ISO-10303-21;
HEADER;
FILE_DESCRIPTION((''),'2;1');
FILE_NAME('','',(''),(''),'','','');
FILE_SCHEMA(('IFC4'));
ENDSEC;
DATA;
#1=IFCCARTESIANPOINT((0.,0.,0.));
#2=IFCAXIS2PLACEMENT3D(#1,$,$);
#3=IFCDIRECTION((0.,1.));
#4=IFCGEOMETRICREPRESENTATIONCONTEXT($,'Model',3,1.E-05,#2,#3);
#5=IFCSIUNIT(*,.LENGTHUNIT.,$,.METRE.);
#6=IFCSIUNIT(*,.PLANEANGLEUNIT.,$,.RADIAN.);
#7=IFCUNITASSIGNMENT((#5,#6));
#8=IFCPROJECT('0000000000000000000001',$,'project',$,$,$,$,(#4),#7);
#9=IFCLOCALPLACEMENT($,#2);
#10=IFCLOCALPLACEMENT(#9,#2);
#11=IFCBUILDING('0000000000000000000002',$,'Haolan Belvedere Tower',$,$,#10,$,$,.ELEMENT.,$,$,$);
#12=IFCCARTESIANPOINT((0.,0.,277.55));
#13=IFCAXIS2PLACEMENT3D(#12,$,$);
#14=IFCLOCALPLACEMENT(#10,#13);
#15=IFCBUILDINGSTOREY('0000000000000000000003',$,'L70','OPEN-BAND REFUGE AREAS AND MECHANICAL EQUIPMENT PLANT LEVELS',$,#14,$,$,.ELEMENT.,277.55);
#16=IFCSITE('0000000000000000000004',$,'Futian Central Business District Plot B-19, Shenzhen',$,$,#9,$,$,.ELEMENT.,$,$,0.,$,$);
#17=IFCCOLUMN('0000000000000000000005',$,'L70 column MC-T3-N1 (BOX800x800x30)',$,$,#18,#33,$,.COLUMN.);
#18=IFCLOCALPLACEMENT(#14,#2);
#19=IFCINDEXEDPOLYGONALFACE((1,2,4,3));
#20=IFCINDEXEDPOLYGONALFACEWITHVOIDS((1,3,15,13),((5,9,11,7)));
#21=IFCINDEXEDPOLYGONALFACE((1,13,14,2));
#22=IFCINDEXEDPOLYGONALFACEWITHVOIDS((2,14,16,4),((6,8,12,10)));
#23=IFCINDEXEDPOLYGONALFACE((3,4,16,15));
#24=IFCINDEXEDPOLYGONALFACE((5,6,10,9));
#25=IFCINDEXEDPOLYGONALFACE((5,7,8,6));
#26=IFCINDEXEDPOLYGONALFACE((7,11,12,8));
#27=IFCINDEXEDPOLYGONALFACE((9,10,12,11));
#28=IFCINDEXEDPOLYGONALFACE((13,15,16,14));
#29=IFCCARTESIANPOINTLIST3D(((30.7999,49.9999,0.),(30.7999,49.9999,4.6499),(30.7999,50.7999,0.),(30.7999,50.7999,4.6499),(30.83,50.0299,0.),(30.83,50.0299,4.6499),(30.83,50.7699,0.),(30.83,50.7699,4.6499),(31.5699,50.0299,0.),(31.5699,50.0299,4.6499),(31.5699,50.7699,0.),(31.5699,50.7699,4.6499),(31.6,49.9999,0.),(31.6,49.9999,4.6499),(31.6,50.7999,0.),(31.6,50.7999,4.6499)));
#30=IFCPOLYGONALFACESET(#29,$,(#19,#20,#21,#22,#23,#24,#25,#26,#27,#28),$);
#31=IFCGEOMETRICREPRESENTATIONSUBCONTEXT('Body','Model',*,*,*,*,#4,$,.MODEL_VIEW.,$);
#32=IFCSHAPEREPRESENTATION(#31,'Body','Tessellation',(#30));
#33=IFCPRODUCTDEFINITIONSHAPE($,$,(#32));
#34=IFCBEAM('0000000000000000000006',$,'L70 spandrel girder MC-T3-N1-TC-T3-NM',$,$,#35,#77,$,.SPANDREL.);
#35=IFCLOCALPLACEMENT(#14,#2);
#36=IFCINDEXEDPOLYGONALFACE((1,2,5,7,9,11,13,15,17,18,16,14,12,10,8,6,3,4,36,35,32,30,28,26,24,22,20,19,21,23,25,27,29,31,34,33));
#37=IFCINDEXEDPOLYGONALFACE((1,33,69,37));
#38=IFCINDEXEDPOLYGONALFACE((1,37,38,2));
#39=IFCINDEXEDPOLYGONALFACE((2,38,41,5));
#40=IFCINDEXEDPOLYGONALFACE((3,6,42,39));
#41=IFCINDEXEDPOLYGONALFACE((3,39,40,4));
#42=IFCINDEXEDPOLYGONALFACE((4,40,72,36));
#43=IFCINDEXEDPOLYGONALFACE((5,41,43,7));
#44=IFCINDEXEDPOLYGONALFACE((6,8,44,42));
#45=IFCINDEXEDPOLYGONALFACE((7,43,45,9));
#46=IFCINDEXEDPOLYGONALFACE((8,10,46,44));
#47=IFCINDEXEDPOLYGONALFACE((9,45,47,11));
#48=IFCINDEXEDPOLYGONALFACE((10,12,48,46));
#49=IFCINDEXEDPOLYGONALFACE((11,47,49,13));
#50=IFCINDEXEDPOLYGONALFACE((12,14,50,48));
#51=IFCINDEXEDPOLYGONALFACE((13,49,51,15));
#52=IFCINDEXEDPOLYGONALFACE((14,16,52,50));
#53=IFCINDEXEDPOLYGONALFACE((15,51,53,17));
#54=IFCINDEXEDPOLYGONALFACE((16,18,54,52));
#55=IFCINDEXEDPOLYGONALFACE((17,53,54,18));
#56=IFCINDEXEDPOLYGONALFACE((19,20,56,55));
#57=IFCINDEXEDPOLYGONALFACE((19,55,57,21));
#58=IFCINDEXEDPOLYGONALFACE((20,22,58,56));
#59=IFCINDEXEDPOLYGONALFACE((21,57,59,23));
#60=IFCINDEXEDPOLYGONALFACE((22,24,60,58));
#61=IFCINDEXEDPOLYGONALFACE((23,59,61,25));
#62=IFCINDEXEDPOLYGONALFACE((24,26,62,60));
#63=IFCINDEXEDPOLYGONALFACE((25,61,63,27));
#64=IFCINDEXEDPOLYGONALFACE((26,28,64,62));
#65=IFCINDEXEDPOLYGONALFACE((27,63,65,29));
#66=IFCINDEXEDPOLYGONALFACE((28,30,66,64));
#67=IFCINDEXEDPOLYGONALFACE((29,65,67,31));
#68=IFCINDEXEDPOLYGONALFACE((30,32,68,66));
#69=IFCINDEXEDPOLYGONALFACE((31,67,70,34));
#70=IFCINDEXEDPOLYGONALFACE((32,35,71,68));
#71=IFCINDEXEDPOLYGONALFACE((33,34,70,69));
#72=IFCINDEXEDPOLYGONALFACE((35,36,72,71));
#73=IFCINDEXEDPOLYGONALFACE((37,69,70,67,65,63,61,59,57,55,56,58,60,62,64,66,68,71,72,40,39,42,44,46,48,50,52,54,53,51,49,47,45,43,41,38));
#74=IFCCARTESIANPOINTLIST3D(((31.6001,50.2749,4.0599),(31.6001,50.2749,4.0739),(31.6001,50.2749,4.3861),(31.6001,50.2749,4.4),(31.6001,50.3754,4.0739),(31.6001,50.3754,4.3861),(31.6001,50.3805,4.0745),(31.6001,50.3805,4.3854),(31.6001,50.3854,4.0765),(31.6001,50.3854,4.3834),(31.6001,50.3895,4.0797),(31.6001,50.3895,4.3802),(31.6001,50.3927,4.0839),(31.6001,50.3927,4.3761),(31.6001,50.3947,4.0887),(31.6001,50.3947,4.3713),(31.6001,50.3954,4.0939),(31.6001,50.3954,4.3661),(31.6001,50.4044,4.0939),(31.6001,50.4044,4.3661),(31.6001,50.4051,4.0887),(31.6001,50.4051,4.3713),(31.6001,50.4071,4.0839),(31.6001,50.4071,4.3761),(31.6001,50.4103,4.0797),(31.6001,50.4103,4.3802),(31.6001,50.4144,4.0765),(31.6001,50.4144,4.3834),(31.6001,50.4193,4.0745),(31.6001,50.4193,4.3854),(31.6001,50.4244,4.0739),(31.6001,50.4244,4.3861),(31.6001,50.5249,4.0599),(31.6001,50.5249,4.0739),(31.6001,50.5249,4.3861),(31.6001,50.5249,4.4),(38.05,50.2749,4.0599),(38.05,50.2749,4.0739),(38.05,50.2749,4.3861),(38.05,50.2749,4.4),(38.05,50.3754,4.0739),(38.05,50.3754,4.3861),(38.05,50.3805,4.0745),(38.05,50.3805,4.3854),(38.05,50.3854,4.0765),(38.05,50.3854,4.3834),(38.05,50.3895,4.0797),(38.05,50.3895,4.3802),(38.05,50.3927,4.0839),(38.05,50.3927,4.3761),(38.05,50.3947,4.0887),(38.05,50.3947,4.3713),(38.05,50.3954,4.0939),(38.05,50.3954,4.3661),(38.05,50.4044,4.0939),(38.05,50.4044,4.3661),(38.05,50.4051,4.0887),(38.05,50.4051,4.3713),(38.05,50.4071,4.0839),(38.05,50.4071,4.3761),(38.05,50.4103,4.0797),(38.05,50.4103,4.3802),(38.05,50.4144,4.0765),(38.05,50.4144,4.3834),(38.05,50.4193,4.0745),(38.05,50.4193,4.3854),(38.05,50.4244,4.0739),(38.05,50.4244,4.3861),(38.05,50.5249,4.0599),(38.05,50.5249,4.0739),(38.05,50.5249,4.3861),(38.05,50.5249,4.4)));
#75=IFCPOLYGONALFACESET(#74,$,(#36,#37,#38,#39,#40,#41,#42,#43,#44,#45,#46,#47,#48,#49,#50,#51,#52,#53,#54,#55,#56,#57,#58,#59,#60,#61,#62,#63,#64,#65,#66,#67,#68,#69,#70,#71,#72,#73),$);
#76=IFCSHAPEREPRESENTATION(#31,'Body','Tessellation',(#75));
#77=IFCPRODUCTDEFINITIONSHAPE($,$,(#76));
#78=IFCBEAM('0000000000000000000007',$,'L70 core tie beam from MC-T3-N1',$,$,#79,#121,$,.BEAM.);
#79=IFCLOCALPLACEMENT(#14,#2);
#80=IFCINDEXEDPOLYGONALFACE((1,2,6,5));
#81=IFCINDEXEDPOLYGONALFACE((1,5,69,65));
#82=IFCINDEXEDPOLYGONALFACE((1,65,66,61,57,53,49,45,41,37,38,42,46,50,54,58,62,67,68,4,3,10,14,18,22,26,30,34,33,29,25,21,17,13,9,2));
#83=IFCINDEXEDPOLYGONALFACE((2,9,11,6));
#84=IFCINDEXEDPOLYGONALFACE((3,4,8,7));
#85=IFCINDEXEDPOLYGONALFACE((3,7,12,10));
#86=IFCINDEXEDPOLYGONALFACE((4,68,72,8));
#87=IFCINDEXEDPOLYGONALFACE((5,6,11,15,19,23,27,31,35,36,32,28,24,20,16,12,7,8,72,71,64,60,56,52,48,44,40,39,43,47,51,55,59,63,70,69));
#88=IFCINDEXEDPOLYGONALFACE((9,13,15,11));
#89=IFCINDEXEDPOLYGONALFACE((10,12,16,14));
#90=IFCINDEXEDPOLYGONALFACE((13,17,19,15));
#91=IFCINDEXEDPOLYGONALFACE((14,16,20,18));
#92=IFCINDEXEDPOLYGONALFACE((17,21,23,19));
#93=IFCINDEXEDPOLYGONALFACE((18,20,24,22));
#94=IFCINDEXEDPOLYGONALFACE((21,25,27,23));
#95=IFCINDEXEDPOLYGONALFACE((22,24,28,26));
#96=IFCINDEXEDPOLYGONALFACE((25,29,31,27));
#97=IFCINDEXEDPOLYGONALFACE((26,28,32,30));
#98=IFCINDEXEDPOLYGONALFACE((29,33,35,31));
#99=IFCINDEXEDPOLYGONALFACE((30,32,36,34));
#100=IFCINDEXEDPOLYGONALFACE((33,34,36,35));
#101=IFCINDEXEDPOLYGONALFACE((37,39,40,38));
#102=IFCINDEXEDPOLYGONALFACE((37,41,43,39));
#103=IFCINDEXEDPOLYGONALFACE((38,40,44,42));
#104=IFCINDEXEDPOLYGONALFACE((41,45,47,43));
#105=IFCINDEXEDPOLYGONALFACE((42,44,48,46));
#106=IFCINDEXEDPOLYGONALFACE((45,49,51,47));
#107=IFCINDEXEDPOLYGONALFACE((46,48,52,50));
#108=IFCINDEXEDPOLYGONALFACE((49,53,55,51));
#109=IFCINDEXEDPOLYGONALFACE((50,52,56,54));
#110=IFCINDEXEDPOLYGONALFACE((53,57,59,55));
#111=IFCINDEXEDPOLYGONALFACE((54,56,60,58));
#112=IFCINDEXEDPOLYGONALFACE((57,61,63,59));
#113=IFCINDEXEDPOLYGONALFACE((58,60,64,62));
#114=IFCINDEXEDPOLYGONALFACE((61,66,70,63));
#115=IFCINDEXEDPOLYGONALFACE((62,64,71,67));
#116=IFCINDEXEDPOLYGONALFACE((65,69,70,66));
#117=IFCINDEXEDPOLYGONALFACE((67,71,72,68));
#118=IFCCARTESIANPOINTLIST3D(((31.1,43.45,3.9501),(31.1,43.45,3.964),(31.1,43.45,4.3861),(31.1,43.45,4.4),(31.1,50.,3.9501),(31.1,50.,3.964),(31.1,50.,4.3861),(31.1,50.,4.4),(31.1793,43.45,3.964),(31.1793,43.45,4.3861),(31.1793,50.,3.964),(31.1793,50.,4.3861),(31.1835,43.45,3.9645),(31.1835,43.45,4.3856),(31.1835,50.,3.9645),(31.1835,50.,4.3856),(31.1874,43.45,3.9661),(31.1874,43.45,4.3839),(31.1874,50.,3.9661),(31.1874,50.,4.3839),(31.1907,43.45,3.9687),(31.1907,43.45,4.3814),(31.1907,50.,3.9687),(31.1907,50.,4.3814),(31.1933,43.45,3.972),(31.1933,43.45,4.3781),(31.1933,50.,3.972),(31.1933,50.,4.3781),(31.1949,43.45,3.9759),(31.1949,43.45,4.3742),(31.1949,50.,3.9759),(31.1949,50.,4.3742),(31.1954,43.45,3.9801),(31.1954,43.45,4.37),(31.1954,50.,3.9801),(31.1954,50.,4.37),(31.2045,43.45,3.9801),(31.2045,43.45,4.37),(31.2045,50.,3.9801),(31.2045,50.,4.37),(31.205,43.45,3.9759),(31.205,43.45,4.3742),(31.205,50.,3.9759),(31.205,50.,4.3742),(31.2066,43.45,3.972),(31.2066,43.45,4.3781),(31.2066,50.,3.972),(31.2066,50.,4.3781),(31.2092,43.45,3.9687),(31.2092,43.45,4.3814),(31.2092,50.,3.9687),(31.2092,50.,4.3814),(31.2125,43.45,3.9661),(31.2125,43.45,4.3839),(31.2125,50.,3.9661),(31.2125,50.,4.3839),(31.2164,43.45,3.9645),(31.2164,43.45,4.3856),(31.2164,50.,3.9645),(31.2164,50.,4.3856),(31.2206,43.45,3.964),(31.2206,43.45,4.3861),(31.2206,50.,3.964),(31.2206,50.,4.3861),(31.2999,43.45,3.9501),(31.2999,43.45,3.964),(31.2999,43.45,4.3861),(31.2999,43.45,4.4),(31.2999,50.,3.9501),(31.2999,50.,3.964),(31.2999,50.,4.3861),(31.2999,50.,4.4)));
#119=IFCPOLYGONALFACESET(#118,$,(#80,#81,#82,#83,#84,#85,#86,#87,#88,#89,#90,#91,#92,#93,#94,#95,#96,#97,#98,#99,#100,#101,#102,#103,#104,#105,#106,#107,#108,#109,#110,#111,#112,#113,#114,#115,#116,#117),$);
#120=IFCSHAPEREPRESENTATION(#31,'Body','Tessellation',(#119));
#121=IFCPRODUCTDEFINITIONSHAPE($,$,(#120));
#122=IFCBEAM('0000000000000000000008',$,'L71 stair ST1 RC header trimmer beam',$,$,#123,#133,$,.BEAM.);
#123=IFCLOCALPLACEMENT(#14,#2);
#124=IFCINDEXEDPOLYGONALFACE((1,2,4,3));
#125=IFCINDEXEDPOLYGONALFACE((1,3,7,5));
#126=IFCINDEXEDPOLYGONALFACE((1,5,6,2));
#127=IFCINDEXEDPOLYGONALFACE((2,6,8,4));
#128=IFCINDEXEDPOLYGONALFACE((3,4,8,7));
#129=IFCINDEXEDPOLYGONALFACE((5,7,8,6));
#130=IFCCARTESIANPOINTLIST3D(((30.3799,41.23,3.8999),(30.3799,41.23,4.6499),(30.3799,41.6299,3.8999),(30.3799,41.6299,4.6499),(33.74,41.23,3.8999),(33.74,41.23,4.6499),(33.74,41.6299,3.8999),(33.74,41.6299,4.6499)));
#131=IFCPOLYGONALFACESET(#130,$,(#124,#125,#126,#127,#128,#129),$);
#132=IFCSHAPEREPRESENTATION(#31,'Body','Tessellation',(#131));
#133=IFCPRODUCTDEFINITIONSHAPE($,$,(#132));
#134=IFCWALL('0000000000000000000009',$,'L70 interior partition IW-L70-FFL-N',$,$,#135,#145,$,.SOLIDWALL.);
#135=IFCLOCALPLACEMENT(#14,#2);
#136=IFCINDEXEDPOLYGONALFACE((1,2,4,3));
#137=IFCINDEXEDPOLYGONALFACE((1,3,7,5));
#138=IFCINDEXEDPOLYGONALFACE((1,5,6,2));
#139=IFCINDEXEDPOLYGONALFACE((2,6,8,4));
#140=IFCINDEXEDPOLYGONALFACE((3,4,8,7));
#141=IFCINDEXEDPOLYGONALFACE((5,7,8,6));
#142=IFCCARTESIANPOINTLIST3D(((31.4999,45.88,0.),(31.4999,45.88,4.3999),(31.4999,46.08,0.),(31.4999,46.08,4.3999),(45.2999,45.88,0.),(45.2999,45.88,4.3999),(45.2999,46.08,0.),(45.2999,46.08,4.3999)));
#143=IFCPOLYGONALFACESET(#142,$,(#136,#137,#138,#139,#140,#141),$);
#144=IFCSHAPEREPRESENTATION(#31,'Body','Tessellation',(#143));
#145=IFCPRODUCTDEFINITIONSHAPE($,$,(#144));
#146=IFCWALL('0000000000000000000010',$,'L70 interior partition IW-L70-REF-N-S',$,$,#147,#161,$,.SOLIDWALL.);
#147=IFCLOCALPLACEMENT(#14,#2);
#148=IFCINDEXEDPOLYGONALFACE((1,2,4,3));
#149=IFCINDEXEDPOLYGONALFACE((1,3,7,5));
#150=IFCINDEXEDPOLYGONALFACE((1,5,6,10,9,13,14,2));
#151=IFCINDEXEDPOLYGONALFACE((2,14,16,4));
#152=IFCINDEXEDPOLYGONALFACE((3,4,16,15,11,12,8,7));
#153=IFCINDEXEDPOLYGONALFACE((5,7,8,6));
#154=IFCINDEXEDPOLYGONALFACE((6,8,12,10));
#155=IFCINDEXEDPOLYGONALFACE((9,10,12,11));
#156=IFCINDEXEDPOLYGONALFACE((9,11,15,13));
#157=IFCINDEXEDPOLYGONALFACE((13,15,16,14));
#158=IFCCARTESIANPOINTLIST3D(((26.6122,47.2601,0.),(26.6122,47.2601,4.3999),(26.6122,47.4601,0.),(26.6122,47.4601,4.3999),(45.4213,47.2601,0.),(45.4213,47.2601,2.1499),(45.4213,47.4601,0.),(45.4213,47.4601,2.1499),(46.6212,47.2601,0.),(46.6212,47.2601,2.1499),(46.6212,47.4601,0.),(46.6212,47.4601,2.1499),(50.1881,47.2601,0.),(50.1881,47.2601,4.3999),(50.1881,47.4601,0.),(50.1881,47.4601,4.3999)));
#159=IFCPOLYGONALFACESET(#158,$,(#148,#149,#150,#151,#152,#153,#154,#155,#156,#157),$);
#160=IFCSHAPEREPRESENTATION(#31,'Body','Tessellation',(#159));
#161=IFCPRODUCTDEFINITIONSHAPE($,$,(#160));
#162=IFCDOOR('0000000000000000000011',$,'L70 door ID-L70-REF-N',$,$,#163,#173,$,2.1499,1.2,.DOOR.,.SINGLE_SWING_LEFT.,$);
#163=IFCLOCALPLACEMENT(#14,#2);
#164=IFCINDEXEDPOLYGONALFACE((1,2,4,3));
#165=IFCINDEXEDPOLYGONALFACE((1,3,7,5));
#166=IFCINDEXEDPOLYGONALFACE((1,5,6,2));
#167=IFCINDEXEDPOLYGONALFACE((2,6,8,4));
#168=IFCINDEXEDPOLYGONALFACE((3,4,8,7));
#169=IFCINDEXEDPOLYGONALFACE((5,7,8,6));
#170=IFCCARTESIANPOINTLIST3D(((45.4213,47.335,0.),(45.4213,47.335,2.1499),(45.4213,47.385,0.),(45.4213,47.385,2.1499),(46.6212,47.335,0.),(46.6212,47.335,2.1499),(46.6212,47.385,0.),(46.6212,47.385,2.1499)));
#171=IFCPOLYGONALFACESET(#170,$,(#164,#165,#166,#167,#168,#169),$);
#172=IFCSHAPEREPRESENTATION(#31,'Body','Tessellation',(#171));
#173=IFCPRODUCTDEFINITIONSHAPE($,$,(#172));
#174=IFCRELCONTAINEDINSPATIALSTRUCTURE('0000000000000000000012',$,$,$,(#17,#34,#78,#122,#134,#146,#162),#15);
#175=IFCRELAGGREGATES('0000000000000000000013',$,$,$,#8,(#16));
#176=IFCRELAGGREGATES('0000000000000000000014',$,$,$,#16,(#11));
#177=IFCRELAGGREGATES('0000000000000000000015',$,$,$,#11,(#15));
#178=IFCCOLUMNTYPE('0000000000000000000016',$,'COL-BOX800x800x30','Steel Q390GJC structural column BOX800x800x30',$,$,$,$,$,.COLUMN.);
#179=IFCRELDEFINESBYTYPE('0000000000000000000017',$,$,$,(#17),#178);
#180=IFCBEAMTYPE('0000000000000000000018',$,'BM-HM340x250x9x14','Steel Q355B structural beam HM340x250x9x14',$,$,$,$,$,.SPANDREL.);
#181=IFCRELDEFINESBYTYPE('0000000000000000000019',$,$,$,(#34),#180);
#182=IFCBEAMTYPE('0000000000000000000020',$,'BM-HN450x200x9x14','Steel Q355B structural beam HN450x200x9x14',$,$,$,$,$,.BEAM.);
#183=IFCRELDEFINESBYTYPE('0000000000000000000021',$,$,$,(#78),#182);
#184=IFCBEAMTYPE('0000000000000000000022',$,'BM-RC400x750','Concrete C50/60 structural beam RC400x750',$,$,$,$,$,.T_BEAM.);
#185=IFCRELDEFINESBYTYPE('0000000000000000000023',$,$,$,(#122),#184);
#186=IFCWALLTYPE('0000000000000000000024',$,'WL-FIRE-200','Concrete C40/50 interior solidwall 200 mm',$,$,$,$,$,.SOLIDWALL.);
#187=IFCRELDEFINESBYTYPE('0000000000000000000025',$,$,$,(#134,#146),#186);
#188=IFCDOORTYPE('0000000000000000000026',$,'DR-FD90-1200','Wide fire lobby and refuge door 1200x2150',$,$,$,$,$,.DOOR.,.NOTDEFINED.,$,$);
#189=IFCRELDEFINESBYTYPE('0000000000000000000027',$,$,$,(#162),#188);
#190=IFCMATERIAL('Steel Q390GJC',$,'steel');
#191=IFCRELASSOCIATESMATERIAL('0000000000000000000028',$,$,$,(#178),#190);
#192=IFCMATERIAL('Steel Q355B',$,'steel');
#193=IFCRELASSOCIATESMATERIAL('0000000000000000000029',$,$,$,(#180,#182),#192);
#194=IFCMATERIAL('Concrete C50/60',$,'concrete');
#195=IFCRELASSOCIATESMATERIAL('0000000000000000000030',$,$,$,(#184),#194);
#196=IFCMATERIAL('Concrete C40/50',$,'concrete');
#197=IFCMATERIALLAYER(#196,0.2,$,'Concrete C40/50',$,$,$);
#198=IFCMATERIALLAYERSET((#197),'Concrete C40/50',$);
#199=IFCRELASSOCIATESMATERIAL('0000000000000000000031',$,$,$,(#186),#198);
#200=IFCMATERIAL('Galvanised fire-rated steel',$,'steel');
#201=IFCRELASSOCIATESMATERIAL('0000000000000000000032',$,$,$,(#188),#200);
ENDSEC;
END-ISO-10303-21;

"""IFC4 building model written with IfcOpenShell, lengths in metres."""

from ifc_helpers import new_model, si_unit, direction, frame, frame_2d, origin, origin_2d, place, context, subcontext, project, spatial, rectangle, hollow_rectangle, i_section, extrude, material, layer, layer_set, material_profile, profile_set, type_object, element, fill, save


model = new_model("IFC4")

# Units and contexts
model_context = context("Model", 3, precision=1e-05, world=origin(), true_north=direction((0.0, 1.0)))
body_context = subcontext(model_context, "Body", "Model", "MODEL_VIEW")
ifc_project = project(units=[si_unit("LENGTHUNIT", "METRE"), si_unit("PLANEANGLEUNIT", "RADIAN")], contexts=[model_context])

# Site, building, storey
site_placement = place(None, origin())
site = spatial("IfcSite", under=ifc_project, at=site_placement, Name="Futian Central Business District Plot B-19, Shenzhen", CompositionType="ELEMENT", RefElevation=0.0)
building_placement = place(site_placement, origin())
building = spatial("IfcBuilding", under=site, at=building_placement, Name="Haolan Belvedere Tower", CompositionType="ELEMENT")
storey_placement = place(building_placement, frame((0.0, 0.0, 277.55)))
storey = spatial("IfcBuildingStorey", under=building, at=storey_placement, Name="L70", Description="OPEN-BAND REFUGE AREAS AND MECHANICAL EQUIPMENT PLANT LEVELS", CompositionType="ELEMENT", Elevation=277.55)

# Column
ifc_material_1 = material(Name="Steel Q390GJC", Category="steel")
ifc_material_profile_1 = material_profile(ifc_material_1, hollow_rectangle(XDim=0.8, YDim=0.8, WallThickness=0.03, at=origin_2d()), Name="Steel Q390GJC")
ifc_profile_set_1 = profile_set([ifc_material_profile_1], Name="Steel Q390GJC")
column_type = type_object("IfcColumnType", Name="COL-BOX800x800x30", Description="Steel Q390GJC structural column BOX800x800x30", PredefinedType="COLUMN", material=ifc_profile_set_1)
column_placement = place(storey_placement, frame((31.2, 50.3999, 0.0), z_axis=(0.0, 0.0, 1.0), x_axis=(1.0, 0.0, 0.0)))
element("IfcColumn", 1, at=column_placement, inside=storey, type_object=column_type, Name="L70 column MC-T3-N1 (BOX800x800x30)", PredefinedType="COLUMN", context=body_context, shape_type="SweptSolid", body=[
    extrude(hollow_rectangle(XDim=0.8, YDim=0.8, WallThickness=0.03, at=origin_2d()), origin(), (0.0, 0.0, 1.0), 4.6499),
])

# Beams
ifc_material_2 = material(Name="Steel Q355B", Category="steel")
ifc_material_profile_2 = material_profile(ifc_material_2, i_section(OverallWidth=0.25, OverallDepth=0.3401, WebThickness=0.009, FlangeThickness=0.0139, FilletRadius=0.02, at=origin_2d()), Name="Steel Q355B")
ifc_profile_set_2 = profile_set([ifc_material_profile_2], Name="Steel Q355B")
beam_type_1 = type_object("IfcBeamType", Name="BM-HM340x250x9x14", Description="Steel Q355B structural beam HM340x250x9x14", PredefinedType="SPANDREL", material=ifc_profile_set_2)
beam_1_placement = place(storey_placement, frame((31.6001, 50.3999, 4.23), z_axis=(1.0, 0.0, 0.0), x_axis=(0.0, 1.0, 0.0)))
element("IfcBeam", 2, at=beam_1_placement, inside=storey, type_object=beam_type_1, Name="L70 spandrel girder MC-T3-N1-TC-T3-NM", PredefinedType="SPANDREL", context=body_context, shape_type="SweptSolid", body=[
    extrude(i_section(OverallWidth=0.25, OverallDepth=0.3401, WebThickness=0.009, FlangeThickness=0.0139, FilletRadius=0.02, at=origin_2d()), origin(), (0.0, 0.0, 1.0), 6.45),
])
ifc_material_profile_3 = material_profile(ifc_material_2, i_section(OverallWidth=0.2, OverallDepth=0.45, WebThickness=0.009, FlangeThickness=0.0139, FilletRadius=0.0161, at=origin_2d()), Name="Steel Q355B")
ifc_profile_set_3 = profile_set([ifc_material_profile_3], Name="Steel Q355B")
beam_type_2 = type_object("IfcBeamType", Name="BM-HN450x200x9x14", Description="Steel Q355B structural beam HN450x200x9x14", PredefinedType="BEAM", material=ifc_profile_set_3)
beam_2_placement = place(storey_placement, frame((31.2, 50.0, 4.175), z_axis=(0.0, -1.0, 0.0), x_axis=(1.0, 0.0, 0.0)))
element("IfcBeam", 3, at=beam_2_placement, inside=storey, type_object=beam_type_2, Name="L70 core tie beam from MC-T3-N1", PredefinedType="BEAM", context=body_context, shape_type="SweptSolid", body=[
    extrude(i_section(OverallWidth=0.2, OverallDepth=0.45, WebThickness=0.009, FlangeThickness=0.0139, FilletRadius=0.0161, at=origin_2d()), origin(), (0.0, 0.0, 1.0), 6.55),
])
ifc_material_3 = material(Name="Concrete C50/60", Category="concrete")
ifc_material_profile_4 = material_profile(ifc_material_3, rectangle(XDim=0.3999, YDim=0.75, at=origin_2d()), Name="Concrete C50/60")
ifc_profile_set_4 = profile_set([ifc_material_profile_4], Name="Concrete C50/60")
beam_type_3 = type_object("IfcBeamType", Name="BM-RC400x750", Description="Concrete C50/60 structural beam RC400x750", PredefinedType="T_BEAM", material=ifc_profile_set_4)
beam_3_placement = place(storey_placement, frame((30.3799, 41.4299, 4.2749), z_axis=(1.0, 0.0, 0.0), x_axis=(0.0, 1.0, 0.0)))
element("IfcBeam", 4, at=beam_3_placement, inside=storey, type_object=beam_type_3, Name="L71 stair ST1 RC header trimmer beam", PredefinedType="BEAM", context=body_context, shape_type="SweptSolid", body=[
    extrude(rectangle(XDim=0.3999, YDim=0.75, at=origin_2d()), origin(), (0.0, 0.0, 1.0), 3.3601),
])

# Shared definitions
ifc_material_4 = material(Name="Galvanised fire-rated steel", Category="steel")

# Wall
ifc_material_5 = material(Name="Concrete C40/50", Category="concrete")
ifc_layer_1 = layer(ifc_material_5, 0.2, Name="Concrete C40/50")
ifc_layer_set_1 = layer_set([ifc_layer_1], Name="Concrete C40/50")
wall_type_1 = type_object("IfcWallType", Name="WL-FIRE-200", Description="Concrete C40/50 interior solidwall 200 mm", PredefinedType="SOLIDWALL", material=ifc_layer_set_1)
wall_1_placement = place(storey_placement, frame((31.5, 45.98, 0.0), z_axis=(0.0, 0.0, 1.0), x_axis=(1.0, 0.0, 0.0)))
element("IfcWall", 5, at=wall_1_placement, inside=storey, type_object=wall_type_1, Name="L70 interior partition IW-L70-FFL-N", PredefinedType="SOLIDWALL", context=body_context, shape_type="SweptSolid", body=[
    extrude(rectangle(XDim=13.8, YDim=0.2, at=frame_2d((6.8999, 0.0))), origin(), (0.0, 0.0, 1.0), 4.3999),
])

# Wall, opening, door
wall_2_placement = place(storey_placement, frame((26.6121, 47.3601, 0.0), z_axis=(0.0, 0.0, 1.0), x_axis=(1.0, 0.0, 0.0)))
wall_2 = element("IfcWall", 6, at=wall_2_placement, inside=storey, type_object=wall_type_1, Name="L70 interior partition IW-L70-REF-N-S", PredefinedType="SOLIDWALL", context=body_context, shape_type="SweptSolid", body=[
    extrude(rectangle(XDim=23.5759, YDim=0.2, at=frame_2d((11.7881, 0.0))), origin(), (0.0, 0.0, 1.0), 4.3999),
])
opening_1_placement = place(wall_2_placement, frame((18.8091, 0.0, 0.0)))
opening_1 = element("IfcOpeningElement", 7, at=opening_1_placement, cuts=wall_2, PredefinedType="OPENING", context=body_context, shape_type="SweptSolid", body=[
    extrude(rectangle(XDim=1.2, YDim=2.1499, at=frame_2d((0.6001, 1.075))), frame((0.0, 0.1099, 0.0), z_axis=(0.0, -1.0, 0.0), x_axis=(1.0, 0.0, 0.0)), (0.0, 0.0, 1.0), 0.22),
])
door_type_1 = type_object("IfcDoorType", Name="DR-FD90-1200", Description="Wide fire lobby and refuge door 1200x2150", OperationType="NOTDEFINED", PredefinedType="DOOR", material=ifc_material_4)
door_1_placement = place(opening_1_placement, origin())
door_1 = element("IfcDoor", 8, at=door_1_placement, inside=storey, type_object=door_type_1, Name="L70 door ID-L70-REF-N", OperationType="SINGLE_SWING_LEFT", OverallHeight=2.1499, OverallWidth=1.2, PredefinedType="DOOR", context=body_context, shape_type="SweptSolid", body=[
    extrude(rectangle(XDim=1.2, YDim=2.1499, at=frame_2d((0.6001, 1.075))), frame((0.0, 0.0249, 0.0), z_axis=(0.0, -1.0, 0.0), x_axis=(1.0, 0.0, 0.0)), (0.0, 0.0, 1.0), 0.05),
])
fill(opening_1, door_1)

save(model, "model.ifc")
